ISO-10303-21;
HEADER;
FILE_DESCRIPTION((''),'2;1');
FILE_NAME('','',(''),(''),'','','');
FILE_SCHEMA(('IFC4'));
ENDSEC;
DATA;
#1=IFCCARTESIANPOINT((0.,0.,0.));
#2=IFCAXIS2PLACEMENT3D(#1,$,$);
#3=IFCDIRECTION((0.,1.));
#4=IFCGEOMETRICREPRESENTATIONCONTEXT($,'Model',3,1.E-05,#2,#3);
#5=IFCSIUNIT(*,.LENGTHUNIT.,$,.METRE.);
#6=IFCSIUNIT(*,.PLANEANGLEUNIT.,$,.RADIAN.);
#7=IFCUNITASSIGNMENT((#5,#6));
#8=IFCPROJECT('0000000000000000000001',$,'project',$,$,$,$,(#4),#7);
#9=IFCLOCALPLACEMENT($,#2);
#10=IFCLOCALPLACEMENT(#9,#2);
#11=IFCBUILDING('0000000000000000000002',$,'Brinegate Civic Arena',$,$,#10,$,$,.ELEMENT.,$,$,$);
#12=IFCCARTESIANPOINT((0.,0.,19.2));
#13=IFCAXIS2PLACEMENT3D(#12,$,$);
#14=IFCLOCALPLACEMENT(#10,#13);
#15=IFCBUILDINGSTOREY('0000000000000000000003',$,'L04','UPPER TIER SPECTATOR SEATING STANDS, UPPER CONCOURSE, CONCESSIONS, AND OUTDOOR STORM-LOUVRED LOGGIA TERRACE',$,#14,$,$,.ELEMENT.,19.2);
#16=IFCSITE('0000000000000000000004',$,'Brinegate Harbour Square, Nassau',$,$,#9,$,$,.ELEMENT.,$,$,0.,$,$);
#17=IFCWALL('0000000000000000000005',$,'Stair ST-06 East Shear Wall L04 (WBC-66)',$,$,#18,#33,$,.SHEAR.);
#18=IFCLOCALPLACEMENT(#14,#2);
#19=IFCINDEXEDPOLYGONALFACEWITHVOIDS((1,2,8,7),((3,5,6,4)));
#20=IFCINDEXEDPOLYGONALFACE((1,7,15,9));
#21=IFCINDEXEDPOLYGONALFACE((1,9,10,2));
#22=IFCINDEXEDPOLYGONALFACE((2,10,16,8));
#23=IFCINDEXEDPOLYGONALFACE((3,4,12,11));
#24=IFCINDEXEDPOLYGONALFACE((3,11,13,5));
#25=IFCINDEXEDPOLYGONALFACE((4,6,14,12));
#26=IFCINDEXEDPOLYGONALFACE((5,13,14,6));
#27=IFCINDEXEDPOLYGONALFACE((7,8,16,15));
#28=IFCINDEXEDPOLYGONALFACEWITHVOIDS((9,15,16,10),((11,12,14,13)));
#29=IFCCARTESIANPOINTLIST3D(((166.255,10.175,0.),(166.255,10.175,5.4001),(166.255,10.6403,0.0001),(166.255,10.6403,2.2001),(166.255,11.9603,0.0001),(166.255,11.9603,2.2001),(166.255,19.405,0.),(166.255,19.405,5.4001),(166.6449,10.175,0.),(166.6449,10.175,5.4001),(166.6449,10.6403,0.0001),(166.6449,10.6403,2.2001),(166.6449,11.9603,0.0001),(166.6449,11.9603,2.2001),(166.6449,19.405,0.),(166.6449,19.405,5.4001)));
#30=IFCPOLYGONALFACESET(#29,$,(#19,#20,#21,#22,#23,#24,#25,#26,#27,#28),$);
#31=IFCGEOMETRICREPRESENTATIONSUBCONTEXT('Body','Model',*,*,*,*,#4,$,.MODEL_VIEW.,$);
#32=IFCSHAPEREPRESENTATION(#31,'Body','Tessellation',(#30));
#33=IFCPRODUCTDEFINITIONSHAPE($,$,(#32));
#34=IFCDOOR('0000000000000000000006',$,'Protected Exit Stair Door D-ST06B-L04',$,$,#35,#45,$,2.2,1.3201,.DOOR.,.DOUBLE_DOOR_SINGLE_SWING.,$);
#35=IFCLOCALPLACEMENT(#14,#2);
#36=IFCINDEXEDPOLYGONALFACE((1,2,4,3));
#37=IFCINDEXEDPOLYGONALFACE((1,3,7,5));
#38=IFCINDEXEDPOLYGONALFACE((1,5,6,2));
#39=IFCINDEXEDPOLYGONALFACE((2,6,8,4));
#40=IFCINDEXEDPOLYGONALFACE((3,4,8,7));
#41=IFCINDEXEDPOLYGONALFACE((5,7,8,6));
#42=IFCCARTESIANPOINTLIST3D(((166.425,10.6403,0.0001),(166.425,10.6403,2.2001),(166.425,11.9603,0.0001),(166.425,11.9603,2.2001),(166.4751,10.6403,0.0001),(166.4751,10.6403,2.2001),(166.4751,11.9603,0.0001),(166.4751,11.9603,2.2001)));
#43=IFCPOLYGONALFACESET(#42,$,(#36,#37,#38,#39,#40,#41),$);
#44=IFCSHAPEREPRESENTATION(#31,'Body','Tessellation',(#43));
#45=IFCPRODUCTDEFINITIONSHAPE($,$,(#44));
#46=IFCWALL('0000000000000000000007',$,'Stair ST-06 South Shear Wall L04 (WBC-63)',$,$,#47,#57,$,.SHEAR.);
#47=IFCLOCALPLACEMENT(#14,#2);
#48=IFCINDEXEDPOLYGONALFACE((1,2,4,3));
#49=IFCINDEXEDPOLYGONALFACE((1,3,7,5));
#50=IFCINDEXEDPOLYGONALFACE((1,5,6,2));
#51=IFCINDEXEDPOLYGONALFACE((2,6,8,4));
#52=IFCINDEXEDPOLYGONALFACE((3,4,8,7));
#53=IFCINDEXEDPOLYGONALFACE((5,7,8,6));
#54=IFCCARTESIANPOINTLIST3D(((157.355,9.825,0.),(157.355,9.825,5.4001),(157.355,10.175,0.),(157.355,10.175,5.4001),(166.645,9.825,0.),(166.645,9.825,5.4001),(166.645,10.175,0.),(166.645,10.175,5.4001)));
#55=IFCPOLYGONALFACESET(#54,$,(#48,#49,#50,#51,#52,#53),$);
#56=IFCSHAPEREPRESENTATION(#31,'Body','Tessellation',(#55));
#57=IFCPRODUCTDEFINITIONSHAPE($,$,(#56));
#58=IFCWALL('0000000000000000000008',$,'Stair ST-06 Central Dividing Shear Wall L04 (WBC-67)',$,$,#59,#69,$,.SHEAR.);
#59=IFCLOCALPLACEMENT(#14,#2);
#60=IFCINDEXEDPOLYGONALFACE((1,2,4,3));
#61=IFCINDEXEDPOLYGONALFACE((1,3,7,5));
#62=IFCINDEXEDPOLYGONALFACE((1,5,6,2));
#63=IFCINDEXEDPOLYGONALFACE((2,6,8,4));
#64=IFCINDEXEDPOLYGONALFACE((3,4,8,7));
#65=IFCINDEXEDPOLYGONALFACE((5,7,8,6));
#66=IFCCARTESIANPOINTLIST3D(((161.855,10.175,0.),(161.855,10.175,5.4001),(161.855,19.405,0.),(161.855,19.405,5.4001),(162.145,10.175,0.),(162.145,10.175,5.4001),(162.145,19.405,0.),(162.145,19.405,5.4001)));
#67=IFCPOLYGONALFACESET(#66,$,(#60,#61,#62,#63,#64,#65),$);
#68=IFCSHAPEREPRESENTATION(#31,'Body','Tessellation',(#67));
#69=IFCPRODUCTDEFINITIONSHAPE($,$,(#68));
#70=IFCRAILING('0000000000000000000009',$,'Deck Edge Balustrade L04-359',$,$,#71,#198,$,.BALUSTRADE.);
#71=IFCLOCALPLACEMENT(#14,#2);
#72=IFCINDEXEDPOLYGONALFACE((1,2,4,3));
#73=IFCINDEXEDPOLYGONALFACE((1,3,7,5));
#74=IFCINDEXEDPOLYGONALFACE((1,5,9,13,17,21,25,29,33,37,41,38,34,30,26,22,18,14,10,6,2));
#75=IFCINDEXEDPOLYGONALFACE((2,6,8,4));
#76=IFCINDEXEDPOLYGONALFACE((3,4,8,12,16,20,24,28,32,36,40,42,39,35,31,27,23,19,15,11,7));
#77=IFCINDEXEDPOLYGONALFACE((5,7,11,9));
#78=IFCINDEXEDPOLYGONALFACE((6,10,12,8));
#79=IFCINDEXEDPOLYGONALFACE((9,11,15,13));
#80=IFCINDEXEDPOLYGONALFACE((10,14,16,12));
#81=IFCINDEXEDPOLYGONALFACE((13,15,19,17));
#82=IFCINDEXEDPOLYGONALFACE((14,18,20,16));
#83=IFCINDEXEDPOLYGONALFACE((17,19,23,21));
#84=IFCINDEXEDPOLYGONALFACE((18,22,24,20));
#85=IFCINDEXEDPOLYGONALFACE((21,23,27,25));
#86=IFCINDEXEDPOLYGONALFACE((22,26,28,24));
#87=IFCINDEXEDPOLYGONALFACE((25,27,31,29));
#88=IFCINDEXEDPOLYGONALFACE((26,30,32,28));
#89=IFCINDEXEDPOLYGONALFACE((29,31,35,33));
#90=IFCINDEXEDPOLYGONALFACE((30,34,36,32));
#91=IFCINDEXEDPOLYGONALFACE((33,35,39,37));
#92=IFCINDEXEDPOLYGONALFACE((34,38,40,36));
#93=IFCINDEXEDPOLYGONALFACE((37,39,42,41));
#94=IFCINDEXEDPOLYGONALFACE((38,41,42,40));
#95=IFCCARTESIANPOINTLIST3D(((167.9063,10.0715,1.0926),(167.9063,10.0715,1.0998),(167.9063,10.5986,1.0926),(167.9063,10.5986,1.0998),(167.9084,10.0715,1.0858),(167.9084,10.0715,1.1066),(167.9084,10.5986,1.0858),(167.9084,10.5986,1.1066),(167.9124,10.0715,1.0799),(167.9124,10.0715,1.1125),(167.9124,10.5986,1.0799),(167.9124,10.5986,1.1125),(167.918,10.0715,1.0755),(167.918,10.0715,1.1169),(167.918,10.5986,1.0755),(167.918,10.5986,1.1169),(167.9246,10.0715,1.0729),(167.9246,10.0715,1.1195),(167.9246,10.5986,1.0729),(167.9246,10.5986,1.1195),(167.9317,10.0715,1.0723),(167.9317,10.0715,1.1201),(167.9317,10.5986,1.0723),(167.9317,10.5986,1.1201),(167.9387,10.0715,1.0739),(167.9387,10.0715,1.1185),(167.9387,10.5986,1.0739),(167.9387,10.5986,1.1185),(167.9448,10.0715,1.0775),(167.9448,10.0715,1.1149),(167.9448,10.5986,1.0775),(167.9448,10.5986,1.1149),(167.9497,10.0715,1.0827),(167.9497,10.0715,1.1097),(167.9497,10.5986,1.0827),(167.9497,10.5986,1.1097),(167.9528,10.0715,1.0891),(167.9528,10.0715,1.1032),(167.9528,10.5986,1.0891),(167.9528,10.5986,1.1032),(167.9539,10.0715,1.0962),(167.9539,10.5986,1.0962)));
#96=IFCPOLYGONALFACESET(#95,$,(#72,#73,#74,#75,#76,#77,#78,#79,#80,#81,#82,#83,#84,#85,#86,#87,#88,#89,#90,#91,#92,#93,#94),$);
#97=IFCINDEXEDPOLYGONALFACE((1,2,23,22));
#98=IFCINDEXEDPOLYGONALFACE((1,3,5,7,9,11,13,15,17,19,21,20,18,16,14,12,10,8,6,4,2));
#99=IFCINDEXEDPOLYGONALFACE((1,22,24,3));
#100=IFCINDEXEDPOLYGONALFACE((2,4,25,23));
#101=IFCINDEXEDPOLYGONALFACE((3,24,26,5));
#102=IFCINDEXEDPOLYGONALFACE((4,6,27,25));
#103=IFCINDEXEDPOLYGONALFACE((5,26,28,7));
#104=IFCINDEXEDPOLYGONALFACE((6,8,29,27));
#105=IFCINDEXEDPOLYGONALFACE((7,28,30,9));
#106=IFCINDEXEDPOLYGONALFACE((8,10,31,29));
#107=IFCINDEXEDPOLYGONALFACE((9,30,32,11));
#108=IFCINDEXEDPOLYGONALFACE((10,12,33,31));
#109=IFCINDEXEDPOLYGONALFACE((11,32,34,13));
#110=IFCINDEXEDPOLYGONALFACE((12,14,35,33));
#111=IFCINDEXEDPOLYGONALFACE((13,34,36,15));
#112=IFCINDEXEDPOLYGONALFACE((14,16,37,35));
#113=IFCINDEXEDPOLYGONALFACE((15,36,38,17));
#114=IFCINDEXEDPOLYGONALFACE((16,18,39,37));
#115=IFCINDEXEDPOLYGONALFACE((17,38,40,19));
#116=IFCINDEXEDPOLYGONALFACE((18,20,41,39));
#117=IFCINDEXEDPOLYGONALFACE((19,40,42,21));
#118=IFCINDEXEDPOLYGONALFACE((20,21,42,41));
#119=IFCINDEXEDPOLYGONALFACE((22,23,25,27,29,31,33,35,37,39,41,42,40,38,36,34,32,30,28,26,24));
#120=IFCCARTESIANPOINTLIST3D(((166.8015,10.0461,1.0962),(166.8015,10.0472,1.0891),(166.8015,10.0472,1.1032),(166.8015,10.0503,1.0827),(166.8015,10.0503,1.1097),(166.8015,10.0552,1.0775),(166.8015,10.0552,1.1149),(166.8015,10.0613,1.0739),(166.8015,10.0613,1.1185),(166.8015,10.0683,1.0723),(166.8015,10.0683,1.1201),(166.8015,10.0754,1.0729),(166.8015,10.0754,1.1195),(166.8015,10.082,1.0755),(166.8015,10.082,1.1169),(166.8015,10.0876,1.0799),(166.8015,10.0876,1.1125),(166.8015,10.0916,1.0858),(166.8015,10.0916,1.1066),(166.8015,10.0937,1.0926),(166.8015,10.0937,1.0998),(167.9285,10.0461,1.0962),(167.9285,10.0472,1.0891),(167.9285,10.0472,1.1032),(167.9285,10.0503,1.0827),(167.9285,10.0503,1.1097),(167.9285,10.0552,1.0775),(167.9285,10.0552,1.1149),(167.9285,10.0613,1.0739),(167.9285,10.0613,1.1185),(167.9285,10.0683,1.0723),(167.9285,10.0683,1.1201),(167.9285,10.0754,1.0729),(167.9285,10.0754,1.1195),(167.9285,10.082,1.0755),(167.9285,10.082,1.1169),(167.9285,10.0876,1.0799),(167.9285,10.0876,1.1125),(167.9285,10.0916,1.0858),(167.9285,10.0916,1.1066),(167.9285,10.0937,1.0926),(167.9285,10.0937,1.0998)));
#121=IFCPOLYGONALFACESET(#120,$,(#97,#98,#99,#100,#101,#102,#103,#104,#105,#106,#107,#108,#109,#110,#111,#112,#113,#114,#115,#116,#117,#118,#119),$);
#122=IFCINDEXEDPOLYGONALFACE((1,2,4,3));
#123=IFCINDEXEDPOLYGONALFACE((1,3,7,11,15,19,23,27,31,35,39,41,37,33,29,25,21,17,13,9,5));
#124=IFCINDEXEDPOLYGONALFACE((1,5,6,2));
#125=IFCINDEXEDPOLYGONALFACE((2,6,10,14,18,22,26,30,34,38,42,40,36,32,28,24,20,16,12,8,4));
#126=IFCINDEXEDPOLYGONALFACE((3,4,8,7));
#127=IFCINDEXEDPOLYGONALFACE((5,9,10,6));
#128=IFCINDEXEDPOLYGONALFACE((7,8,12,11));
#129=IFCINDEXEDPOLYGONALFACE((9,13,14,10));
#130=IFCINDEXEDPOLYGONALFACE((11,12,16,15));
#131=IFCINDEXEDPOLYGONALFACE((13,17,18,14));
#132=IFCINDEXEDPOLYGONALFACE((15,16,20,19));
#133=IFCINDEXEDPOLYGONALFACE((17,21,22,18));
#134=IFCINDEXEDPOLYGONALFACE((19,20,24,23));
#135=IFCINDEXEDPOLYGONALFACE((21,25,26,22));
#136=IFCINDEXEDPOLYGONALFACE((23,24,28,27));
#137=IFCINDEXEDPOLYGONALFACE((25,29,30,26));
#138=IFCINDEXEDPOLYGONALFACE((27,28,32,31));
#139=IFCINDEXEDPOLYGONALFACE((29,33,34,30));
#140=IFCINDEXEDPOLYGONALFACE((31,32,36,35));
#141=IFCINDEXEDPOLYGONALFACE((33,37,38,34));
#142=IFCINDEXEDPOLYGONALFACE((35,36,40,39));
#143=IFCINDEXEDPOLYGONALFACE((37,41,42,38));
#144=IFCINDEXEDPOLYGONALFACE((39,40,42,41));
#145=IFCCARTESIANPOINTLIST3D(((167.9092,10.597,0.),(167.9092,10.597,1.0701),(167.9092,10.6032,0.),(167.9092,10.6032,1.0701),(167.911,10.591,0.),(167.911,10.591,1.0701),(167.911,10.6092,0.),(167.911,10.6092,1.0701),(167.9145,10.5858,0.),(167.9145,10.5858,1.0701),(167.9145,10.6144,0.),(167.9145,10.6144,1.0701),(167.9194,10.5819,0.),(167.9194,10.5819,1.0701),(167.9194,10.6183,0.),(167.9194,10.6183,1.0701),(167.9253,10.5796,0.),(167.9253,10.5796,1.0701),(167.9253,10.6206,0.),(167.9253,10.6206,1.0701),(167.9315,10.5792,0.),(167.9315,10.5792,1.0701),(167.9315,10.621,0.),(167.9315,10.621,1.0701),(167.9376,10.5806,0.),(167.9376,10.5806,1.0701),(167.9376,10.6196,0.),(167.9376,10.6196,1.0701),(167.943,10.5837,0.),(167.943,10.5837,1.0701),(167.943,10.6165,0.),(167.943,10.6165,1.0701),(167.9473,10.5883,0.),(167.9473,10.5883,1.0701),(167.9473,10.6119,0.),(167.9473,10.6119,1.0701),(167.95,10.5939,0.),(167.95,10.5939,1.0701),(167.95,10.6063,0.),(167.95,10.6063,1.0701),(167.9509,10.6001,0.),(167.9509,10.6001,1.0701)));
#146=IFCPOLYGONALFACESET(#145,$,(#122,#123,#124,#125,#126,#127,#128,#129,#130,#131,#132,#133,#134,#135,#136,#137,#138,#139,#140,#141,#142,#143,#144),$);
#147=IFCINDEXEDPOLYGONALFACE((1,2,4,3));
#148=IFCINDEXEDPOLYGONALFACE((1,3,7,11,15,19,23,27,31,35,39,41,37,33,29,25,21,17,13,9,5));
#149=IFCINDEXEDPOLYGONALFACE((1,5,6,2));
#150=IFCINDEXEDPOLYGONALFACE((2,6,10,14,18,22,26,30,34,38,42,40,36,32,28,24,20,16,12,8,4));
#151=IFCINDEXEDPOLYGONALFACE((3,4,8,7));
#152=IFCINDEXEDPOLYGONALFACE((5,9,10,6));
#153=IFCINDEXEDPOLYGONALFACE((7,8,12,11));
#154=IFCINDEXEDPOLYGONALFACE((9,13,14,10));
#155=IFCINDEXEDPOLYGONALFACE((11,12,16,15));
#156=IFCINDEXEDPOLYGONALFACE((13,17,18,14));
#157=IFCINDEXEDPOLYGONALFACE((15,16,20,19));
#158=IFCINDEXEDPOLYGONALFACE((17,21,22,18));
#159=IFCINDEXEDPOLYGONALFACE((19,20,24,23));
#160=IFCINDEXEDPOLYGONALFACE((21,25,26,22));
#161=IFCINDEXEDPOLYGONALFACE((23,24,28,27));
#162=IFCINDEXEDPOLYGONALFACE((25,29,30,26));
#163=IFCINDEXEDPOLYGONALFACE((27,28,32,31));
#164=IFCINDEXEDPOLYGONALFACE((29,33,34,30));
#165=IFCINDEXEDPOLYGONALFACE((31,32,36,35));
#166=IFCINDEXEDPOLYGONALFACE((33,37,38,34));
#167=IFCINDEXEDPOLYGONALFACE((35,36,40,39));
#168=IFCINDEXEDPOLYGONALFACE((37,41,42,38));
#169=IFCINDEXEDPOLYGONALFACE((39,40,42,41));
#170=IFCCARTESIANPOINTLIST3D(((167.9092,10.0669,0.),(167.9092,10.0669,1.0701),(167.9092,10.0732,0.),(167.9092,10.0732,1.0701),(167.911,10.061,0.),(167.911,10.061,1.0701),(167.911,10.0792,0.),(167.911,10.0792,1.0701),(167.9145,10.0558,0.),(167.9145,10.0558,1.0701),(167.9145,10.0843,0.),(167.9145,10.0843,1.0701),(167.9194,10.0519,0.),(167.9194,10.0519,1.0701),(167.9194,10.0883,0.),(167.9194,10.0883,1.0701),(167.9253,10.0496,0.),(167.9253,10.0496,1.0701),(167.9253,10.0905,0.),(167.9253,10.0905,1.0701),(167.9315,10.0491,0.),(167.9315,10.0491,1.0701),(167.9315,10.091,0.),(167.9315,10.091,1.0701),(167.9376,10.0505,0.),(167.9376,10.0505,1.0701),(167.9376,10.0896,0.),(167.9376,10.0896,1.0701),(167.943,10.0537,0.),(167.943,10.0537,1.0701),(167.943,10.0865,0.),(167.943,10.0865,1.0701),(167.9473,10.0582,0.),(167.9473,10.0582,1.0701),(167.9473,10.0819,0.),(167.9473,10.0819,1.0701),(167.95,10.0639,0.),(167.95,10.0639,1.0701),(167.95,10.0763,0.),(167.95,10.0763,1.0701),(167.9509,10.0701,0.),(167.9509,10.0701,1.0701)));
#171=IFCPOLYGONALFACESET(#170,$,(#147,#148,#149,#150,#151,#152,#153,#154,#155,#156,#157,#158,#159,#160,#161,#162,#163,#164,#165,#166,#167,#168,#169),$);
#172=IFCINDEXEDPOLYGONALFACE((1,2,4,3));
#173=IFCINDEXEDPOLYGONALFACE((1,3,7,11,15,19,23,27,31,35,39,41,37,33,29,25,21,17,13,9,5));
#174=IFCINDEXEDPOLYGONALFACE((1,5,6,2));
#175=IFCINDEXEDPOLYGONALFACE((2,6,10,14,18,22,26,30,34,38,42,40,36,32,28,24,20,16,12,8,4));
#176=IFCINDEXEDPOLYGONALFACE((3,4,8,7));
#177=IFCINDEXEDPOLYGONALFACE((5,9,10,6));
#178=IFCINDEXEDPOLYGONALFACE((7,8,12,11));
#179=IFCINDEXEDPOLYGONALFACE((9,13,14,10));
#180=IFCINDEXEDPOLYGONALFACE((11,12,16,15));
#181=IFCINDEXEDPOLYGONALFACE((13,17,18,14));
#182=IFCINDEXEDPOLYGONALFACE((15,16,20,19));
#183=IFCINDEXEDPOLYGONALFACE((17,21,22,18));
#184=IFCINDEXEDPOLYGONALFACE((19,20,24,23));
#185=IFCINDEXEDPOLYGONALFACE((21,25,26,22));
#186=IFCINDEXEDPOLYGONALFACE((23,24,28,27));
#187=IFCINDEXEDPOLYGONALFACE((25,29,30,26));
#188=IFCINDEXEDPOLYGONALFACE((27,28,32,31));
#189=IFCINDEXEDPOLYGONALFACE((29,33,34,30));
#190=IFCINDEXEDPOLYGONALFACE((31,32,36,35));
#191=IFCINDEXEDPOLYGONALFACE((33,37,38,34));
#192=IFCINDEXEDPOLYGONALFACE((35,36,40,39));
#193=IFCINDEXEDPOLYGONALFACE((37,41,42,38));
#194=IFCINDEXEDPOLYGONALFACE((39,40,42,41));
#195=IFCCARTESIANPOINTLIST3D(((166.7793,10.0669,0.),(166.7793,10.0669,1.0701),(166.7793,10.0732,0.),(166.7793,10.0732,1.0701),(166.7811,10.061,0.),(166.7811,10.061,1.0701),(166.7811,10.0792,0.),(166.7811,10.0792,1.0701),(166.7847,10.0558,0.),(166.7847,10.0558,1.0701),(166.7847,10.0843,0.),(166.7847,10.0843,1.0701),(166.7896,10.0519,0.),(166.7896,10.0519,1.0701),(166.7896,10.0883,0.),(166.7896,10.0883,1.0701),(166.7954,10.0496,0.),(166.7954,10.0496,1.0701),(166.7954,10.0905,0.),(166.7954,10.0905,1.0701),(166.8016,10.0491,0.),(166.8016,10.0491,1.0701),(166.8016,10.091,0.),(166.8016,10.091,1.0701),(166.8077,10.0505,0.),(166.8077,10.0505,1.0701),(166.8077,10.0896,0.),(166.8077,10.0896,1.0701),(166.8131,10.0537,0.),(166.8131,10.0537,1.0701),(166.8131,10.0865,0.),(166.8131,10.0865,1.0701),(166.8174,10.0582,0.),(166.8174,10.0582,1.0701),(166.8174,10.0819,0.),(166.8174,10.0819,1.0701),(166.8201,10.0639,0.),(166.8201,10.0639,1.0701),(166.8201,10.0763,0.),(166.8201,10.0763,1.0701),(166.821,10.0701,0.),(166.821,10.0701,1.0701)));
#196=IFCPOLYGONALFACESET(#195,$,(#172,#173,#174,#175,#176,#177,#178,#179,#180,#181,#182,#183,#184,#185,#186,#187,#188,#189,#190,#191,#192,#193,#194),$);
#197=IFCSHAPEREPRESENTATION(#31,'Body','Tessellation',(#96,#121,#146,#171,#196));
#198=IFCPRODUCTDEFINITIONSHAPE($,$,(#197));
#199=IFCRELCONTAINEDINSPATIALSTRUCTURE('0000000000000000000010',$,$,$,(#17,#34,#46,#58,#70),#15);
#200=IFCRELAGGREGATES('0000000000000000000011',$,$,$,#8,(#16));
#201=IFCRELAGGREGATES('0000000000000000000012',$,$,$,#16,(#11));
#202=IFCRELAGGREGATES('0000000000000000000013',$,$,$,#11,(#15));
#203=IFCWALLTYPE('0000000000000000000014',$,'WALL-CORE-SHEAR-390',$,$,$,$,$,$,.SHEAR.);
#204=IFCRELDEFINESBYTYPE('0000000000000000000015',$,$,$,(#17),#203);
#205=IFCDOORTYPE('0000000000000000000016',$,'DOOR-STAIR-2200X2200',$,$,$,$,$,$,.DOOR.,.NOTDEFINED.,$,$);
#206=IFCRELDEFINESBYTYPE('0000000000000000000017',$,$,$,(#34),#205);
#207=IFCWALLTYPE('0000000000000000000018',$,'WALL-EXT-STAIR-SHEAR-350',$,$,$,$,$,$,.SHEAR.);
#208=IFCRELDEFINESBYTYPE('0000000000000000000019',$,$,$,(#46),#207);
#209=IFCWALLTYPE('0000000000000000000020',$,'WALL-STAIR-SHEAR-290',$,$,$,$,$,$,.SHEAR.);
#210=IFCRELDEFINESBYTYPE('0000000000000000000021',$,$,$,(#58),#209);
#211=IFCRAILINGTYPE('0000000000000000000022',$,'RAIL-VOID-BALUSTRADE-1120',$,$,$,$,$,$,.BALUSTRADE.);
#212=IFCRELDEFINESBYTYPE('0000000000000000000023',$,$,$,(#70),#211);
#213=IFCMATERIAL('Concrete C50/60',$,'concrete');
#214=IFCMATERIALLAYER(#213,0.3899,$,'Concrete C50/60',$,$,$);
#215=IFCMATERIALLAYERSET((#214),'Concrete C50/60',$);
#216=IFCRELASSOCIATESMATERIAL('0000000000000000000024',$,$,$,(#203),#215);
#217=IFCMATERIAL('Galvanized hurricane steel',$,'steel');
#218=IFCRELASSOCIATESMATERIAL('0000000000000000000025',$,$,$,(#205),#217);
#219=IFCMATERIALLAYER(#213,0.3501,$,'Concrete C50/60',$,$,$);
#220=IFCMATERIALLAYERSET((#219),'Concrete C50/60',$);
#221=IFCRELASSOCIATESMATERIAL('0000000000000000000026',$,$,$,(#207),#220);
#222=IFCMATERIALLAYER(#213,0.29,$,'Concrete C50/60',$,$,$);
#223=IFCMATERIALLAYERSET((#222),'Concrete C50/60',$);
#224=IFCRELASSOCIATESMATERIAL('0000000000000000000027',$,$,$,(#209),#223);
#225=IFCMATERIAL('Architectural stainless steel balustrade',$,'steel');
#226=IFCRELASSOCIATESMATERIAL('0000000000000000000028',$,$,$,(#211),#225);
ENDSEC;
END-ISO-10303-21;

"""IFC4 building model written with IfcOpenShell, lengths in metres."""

from ifc_helpers import new_model, si_unit, direction, frame, frame_2d, origin, origin_2d, place, context, subcontext, project, spatial, rectangle, circle, extrude, material, layer, layer_set, type_object, element, fill, save


model = new_model("IFC4")

# Units and contexts
model_context = context("Model", 3, precision=1e-05, world=origin(), true_north=direction((0.0, 1.0)))
body_context = subcontext(model_context, "Body", "Model", "MODEL_VIEW")
ifc_project = project(units=[si_unit("LENGTHUNIT", "METRE"), si_unit("PLANEANGLEUNIT", "RADIAN")], contexts=[model_context])

# Site, building, storey
site_placement = place(None, origin())
site = spatial("IfcSite", under=ifc_project, at=site_placement, Name="Brinegate Harbour Square, Nassau", CompositionType="ELEMENT", RefElevation=0.0)
building_placement = place(site_placement, origin())
building = spatial("IfcBuilding", under=site, at=building_placement, Name="Brinegate Civic Arena", CompositionType="ELEMENT")
storey_placement = place(building_placement, frame((0.0, 0.0, 19.2)))
storey = spatial("IfcBuildingStorey", under=building, at=storey_placement, Name="L04", Description="UPPER TIER SPECTATOR SEATING STANDS, UPPER CONCOURSE, CONCESSIONS, AND OUTDOOR STORM-LOUVRED LOGGIA TERRACE", CompositionType="ELEMENT", Elevation=19.2)

# Shared definitions
ifc_material_1 = material(Name="Concrete C50/60", Category="concrete")

# Wall, opening, door
ifc_layer_1 = layer(ifc_material_1, 0.3899, Name="Concrete C50/60")
ifc_layer_set_1 = layer_set([ifc_layer_1], Name="Concrete C50/60")
wall_type_1 = type_object("IfcWallType", Name="WALL-CORE-SHEAR-390", PredefinedType="SHEAR", material=ifc_layer_set_1)
ifc_material_2 = material(Name="Galvanized hurricane steel", Category="steel")
wall_1_placement = place(storey_placement, frame((166.45, 10.175, 0.0), z_axis=(0.0, 0.0, 1.0), x_axis=(0.0, 1.0, 0.0)))
wall_1 = element("IfcWall", 1, at=wall_1_placement, inside=storey, type_object=wall_type_1, Name="Stair ST-06 East Shear Wall L04 (WBC-66)", PredefinedType="SHEAR", context=body_context, shape_type="SweptSolid", body=[
    extrude(rectangle(XDim=9.23, YDim=0.3899, at=frame_2d((4.615, 0.0))), origin(), (0.0, 0.0, 1.0), 5.4001),
])
opening_1_placement = place(wall_1_placement, frame((0.4651, 0.0, 0.0)))
opening_1 = element("IfcOpeningElement", 2, at=opening_1_placement, cuts=wall_1, PredefinedType="OPENING", context=body_context, shape_type="SweptSolid", body=[
    extrude(rectangle(XDim=1.3201, YDim=2.2, at=frame_2d((0.6602, 1.1001))), frame((0.0, 0.2048, 0.0), z_axis=(0.0, -1.0, 0.0), x_axis=(1.0, 0.0, 0.0)), (0.0, 0.0, 1.0), 0.4099),
])
door_type_1 = type_object("IfcDoorType", Name="DOOR-STAIR-2200X2200", OperationType="NOTDEFINED", PredefinedType="DOOR", material=ifc_material_2)
door_1_placement = place(opening_1_placement, origin())
door_1 = element("IfcDoor", 3, at=door_1_placement, inside=storey, type_object=door_type_1, Name="Protected Exit Stair Door D-ST06B-L04", OperationType="DOUBLE_DOOR_SINGLE_SWING", OverallHeight=2.2, OverallWidth=1.3201, PredefinedType="DOOR", context=body_context, shape_type="SweptSolid", body=[
    extrude(rectangle(XDim=1.3201, YDim=2.2, at=frame_2d((0.6602, 1.1001))), frame((0.0, 0.0249, 0.0), z_axis=(0.0, -1.0, 0.0), x_axis=(1.0, 0.0, 0.0)), (0.0, 0.0, 1.0), 0.05),
])
fill(opening_1, door_1)

# Walls
ifc_layer_2 = layer(ifc_material_1, 0.3501, Name="Concrete C50/60")
ifc_layer_set_2 = layer_set([ifc_layer_2], Name="Concrete C50/60")
wall_type_2 = type_object("IfcWallType", Name="WALL-EXT-STAIR-SHEAR-350", PredefinedType="SHEAR", material=ifc_layer_set_2)
wall_2_placement = place(storey_placement, frame((157.355, 10.0, 0.0), z_axis=(0.0, 0.0, 1.0), x_axis=(1.0, 0.0, 0.0)))
element("IfcWall", 4, at=wall_2_placement, inside=storey, type_object=wall_type_2, Name="Stair ST-06 South Shear Wall L04 (WBC-63)", PredefinedType="SHEAR", context=body_context, shape_type="SweptSolid", body=[
    extrude(rectangle(XDim=9.29, YDim=0.3501, at=frame_2d((4.645, 0.0))), origin(), (0.0, 0.0, 1.0), 5.4001),
])
ifc_layer_3 = layer(ifc_material_1, 0.29, Name="Concrete C50/60")
ifc_layer_set_3 = layer_set([ifc_layer_3], Name="Concrete C50/60")
wall_type_3 = type_object("IfcWallType", Name="WALL-STAIR-SHEAR-290", PredefinedType="SHEAR", material=ifc_layer_set_3)
wall_3_placement = place(storey_placement, frame((162.0, 10.175, 0.0), z_axis=(0.0, 0.0, 1.0), x_axis=(0.0, 1.0, 0.0)))
element("IfcWall", 5, at=wall_3_placement, inside=storey, type_object=wall_type_3, Name="Stair ST-06 Central Dividing Shear Wall L04 (WBC-67)", PredefinedType="SHEAR", context=body_context, shape_type="SweptSolid", body=[
    extrude(rectangle(XDim=9.23, YDim=0.29, at=frame_2d((4.615, 0.0))), origin(), (0.0, 0.0, 1.0), 5.4001),
])

# Railing
ifc_material_3 = material(Name="Architectural stainless steel balustrade", Category="steel")
railing_type_1 = type_object("IfcRailingType", Name="RAIL-VOID-BALUSTRADE-1120", PredefinedType="BALUSTRADE", material=ifc_material_3)
railing_1_placement = place(storey_placement, frame((167.9299, 10.6001, 0.0)))
element("IfcRailing", 6, at=railing_1_placement, inside=storey, type_object=railing_type_1, Name="Deck Edge Balustrade L04-359", PredefinedType="BALUSTRADE", context=body_context, shape_type="SweptSolid", body=[
    extrude(circle(Radius=0.0239, at=origin_2d()), frame((0.0, -0.0015, 1.0962), z_axis=(0.0, -1.0, 0.0), x_axis=(1.0, 0.0, 0.0)), (0.0, 0.0, 1.0), 0.5271),
    extrude(circle(Radius=0.0239, at=origin_2d()), frame((-0.0015, -0.53, 1.0962), z_axis=(-1.0, 0.0, 0.0), x_axis=(0.0, -1.0, 0.0)), (0.0, 0.0, 1.0), 1.127),
    extrude(circle(Radius=0.021, at=origin_2d()), origin(), (0.0, 0.0, 1.0), 1.0701),
    extrude(circle(Radius=0.021, at=origin_2d()), frame((0.0, -0.53, 0.0)), (0.0, 0.0, 1.0), 1.0701),
    extrude(circle(Radius=0.021, at=origin_2d()), frame((-1.1299, -0.53, 0.0)), (0.0, 0.0, 1.0), 1.0701),
])

save(model, "model.ifc")
